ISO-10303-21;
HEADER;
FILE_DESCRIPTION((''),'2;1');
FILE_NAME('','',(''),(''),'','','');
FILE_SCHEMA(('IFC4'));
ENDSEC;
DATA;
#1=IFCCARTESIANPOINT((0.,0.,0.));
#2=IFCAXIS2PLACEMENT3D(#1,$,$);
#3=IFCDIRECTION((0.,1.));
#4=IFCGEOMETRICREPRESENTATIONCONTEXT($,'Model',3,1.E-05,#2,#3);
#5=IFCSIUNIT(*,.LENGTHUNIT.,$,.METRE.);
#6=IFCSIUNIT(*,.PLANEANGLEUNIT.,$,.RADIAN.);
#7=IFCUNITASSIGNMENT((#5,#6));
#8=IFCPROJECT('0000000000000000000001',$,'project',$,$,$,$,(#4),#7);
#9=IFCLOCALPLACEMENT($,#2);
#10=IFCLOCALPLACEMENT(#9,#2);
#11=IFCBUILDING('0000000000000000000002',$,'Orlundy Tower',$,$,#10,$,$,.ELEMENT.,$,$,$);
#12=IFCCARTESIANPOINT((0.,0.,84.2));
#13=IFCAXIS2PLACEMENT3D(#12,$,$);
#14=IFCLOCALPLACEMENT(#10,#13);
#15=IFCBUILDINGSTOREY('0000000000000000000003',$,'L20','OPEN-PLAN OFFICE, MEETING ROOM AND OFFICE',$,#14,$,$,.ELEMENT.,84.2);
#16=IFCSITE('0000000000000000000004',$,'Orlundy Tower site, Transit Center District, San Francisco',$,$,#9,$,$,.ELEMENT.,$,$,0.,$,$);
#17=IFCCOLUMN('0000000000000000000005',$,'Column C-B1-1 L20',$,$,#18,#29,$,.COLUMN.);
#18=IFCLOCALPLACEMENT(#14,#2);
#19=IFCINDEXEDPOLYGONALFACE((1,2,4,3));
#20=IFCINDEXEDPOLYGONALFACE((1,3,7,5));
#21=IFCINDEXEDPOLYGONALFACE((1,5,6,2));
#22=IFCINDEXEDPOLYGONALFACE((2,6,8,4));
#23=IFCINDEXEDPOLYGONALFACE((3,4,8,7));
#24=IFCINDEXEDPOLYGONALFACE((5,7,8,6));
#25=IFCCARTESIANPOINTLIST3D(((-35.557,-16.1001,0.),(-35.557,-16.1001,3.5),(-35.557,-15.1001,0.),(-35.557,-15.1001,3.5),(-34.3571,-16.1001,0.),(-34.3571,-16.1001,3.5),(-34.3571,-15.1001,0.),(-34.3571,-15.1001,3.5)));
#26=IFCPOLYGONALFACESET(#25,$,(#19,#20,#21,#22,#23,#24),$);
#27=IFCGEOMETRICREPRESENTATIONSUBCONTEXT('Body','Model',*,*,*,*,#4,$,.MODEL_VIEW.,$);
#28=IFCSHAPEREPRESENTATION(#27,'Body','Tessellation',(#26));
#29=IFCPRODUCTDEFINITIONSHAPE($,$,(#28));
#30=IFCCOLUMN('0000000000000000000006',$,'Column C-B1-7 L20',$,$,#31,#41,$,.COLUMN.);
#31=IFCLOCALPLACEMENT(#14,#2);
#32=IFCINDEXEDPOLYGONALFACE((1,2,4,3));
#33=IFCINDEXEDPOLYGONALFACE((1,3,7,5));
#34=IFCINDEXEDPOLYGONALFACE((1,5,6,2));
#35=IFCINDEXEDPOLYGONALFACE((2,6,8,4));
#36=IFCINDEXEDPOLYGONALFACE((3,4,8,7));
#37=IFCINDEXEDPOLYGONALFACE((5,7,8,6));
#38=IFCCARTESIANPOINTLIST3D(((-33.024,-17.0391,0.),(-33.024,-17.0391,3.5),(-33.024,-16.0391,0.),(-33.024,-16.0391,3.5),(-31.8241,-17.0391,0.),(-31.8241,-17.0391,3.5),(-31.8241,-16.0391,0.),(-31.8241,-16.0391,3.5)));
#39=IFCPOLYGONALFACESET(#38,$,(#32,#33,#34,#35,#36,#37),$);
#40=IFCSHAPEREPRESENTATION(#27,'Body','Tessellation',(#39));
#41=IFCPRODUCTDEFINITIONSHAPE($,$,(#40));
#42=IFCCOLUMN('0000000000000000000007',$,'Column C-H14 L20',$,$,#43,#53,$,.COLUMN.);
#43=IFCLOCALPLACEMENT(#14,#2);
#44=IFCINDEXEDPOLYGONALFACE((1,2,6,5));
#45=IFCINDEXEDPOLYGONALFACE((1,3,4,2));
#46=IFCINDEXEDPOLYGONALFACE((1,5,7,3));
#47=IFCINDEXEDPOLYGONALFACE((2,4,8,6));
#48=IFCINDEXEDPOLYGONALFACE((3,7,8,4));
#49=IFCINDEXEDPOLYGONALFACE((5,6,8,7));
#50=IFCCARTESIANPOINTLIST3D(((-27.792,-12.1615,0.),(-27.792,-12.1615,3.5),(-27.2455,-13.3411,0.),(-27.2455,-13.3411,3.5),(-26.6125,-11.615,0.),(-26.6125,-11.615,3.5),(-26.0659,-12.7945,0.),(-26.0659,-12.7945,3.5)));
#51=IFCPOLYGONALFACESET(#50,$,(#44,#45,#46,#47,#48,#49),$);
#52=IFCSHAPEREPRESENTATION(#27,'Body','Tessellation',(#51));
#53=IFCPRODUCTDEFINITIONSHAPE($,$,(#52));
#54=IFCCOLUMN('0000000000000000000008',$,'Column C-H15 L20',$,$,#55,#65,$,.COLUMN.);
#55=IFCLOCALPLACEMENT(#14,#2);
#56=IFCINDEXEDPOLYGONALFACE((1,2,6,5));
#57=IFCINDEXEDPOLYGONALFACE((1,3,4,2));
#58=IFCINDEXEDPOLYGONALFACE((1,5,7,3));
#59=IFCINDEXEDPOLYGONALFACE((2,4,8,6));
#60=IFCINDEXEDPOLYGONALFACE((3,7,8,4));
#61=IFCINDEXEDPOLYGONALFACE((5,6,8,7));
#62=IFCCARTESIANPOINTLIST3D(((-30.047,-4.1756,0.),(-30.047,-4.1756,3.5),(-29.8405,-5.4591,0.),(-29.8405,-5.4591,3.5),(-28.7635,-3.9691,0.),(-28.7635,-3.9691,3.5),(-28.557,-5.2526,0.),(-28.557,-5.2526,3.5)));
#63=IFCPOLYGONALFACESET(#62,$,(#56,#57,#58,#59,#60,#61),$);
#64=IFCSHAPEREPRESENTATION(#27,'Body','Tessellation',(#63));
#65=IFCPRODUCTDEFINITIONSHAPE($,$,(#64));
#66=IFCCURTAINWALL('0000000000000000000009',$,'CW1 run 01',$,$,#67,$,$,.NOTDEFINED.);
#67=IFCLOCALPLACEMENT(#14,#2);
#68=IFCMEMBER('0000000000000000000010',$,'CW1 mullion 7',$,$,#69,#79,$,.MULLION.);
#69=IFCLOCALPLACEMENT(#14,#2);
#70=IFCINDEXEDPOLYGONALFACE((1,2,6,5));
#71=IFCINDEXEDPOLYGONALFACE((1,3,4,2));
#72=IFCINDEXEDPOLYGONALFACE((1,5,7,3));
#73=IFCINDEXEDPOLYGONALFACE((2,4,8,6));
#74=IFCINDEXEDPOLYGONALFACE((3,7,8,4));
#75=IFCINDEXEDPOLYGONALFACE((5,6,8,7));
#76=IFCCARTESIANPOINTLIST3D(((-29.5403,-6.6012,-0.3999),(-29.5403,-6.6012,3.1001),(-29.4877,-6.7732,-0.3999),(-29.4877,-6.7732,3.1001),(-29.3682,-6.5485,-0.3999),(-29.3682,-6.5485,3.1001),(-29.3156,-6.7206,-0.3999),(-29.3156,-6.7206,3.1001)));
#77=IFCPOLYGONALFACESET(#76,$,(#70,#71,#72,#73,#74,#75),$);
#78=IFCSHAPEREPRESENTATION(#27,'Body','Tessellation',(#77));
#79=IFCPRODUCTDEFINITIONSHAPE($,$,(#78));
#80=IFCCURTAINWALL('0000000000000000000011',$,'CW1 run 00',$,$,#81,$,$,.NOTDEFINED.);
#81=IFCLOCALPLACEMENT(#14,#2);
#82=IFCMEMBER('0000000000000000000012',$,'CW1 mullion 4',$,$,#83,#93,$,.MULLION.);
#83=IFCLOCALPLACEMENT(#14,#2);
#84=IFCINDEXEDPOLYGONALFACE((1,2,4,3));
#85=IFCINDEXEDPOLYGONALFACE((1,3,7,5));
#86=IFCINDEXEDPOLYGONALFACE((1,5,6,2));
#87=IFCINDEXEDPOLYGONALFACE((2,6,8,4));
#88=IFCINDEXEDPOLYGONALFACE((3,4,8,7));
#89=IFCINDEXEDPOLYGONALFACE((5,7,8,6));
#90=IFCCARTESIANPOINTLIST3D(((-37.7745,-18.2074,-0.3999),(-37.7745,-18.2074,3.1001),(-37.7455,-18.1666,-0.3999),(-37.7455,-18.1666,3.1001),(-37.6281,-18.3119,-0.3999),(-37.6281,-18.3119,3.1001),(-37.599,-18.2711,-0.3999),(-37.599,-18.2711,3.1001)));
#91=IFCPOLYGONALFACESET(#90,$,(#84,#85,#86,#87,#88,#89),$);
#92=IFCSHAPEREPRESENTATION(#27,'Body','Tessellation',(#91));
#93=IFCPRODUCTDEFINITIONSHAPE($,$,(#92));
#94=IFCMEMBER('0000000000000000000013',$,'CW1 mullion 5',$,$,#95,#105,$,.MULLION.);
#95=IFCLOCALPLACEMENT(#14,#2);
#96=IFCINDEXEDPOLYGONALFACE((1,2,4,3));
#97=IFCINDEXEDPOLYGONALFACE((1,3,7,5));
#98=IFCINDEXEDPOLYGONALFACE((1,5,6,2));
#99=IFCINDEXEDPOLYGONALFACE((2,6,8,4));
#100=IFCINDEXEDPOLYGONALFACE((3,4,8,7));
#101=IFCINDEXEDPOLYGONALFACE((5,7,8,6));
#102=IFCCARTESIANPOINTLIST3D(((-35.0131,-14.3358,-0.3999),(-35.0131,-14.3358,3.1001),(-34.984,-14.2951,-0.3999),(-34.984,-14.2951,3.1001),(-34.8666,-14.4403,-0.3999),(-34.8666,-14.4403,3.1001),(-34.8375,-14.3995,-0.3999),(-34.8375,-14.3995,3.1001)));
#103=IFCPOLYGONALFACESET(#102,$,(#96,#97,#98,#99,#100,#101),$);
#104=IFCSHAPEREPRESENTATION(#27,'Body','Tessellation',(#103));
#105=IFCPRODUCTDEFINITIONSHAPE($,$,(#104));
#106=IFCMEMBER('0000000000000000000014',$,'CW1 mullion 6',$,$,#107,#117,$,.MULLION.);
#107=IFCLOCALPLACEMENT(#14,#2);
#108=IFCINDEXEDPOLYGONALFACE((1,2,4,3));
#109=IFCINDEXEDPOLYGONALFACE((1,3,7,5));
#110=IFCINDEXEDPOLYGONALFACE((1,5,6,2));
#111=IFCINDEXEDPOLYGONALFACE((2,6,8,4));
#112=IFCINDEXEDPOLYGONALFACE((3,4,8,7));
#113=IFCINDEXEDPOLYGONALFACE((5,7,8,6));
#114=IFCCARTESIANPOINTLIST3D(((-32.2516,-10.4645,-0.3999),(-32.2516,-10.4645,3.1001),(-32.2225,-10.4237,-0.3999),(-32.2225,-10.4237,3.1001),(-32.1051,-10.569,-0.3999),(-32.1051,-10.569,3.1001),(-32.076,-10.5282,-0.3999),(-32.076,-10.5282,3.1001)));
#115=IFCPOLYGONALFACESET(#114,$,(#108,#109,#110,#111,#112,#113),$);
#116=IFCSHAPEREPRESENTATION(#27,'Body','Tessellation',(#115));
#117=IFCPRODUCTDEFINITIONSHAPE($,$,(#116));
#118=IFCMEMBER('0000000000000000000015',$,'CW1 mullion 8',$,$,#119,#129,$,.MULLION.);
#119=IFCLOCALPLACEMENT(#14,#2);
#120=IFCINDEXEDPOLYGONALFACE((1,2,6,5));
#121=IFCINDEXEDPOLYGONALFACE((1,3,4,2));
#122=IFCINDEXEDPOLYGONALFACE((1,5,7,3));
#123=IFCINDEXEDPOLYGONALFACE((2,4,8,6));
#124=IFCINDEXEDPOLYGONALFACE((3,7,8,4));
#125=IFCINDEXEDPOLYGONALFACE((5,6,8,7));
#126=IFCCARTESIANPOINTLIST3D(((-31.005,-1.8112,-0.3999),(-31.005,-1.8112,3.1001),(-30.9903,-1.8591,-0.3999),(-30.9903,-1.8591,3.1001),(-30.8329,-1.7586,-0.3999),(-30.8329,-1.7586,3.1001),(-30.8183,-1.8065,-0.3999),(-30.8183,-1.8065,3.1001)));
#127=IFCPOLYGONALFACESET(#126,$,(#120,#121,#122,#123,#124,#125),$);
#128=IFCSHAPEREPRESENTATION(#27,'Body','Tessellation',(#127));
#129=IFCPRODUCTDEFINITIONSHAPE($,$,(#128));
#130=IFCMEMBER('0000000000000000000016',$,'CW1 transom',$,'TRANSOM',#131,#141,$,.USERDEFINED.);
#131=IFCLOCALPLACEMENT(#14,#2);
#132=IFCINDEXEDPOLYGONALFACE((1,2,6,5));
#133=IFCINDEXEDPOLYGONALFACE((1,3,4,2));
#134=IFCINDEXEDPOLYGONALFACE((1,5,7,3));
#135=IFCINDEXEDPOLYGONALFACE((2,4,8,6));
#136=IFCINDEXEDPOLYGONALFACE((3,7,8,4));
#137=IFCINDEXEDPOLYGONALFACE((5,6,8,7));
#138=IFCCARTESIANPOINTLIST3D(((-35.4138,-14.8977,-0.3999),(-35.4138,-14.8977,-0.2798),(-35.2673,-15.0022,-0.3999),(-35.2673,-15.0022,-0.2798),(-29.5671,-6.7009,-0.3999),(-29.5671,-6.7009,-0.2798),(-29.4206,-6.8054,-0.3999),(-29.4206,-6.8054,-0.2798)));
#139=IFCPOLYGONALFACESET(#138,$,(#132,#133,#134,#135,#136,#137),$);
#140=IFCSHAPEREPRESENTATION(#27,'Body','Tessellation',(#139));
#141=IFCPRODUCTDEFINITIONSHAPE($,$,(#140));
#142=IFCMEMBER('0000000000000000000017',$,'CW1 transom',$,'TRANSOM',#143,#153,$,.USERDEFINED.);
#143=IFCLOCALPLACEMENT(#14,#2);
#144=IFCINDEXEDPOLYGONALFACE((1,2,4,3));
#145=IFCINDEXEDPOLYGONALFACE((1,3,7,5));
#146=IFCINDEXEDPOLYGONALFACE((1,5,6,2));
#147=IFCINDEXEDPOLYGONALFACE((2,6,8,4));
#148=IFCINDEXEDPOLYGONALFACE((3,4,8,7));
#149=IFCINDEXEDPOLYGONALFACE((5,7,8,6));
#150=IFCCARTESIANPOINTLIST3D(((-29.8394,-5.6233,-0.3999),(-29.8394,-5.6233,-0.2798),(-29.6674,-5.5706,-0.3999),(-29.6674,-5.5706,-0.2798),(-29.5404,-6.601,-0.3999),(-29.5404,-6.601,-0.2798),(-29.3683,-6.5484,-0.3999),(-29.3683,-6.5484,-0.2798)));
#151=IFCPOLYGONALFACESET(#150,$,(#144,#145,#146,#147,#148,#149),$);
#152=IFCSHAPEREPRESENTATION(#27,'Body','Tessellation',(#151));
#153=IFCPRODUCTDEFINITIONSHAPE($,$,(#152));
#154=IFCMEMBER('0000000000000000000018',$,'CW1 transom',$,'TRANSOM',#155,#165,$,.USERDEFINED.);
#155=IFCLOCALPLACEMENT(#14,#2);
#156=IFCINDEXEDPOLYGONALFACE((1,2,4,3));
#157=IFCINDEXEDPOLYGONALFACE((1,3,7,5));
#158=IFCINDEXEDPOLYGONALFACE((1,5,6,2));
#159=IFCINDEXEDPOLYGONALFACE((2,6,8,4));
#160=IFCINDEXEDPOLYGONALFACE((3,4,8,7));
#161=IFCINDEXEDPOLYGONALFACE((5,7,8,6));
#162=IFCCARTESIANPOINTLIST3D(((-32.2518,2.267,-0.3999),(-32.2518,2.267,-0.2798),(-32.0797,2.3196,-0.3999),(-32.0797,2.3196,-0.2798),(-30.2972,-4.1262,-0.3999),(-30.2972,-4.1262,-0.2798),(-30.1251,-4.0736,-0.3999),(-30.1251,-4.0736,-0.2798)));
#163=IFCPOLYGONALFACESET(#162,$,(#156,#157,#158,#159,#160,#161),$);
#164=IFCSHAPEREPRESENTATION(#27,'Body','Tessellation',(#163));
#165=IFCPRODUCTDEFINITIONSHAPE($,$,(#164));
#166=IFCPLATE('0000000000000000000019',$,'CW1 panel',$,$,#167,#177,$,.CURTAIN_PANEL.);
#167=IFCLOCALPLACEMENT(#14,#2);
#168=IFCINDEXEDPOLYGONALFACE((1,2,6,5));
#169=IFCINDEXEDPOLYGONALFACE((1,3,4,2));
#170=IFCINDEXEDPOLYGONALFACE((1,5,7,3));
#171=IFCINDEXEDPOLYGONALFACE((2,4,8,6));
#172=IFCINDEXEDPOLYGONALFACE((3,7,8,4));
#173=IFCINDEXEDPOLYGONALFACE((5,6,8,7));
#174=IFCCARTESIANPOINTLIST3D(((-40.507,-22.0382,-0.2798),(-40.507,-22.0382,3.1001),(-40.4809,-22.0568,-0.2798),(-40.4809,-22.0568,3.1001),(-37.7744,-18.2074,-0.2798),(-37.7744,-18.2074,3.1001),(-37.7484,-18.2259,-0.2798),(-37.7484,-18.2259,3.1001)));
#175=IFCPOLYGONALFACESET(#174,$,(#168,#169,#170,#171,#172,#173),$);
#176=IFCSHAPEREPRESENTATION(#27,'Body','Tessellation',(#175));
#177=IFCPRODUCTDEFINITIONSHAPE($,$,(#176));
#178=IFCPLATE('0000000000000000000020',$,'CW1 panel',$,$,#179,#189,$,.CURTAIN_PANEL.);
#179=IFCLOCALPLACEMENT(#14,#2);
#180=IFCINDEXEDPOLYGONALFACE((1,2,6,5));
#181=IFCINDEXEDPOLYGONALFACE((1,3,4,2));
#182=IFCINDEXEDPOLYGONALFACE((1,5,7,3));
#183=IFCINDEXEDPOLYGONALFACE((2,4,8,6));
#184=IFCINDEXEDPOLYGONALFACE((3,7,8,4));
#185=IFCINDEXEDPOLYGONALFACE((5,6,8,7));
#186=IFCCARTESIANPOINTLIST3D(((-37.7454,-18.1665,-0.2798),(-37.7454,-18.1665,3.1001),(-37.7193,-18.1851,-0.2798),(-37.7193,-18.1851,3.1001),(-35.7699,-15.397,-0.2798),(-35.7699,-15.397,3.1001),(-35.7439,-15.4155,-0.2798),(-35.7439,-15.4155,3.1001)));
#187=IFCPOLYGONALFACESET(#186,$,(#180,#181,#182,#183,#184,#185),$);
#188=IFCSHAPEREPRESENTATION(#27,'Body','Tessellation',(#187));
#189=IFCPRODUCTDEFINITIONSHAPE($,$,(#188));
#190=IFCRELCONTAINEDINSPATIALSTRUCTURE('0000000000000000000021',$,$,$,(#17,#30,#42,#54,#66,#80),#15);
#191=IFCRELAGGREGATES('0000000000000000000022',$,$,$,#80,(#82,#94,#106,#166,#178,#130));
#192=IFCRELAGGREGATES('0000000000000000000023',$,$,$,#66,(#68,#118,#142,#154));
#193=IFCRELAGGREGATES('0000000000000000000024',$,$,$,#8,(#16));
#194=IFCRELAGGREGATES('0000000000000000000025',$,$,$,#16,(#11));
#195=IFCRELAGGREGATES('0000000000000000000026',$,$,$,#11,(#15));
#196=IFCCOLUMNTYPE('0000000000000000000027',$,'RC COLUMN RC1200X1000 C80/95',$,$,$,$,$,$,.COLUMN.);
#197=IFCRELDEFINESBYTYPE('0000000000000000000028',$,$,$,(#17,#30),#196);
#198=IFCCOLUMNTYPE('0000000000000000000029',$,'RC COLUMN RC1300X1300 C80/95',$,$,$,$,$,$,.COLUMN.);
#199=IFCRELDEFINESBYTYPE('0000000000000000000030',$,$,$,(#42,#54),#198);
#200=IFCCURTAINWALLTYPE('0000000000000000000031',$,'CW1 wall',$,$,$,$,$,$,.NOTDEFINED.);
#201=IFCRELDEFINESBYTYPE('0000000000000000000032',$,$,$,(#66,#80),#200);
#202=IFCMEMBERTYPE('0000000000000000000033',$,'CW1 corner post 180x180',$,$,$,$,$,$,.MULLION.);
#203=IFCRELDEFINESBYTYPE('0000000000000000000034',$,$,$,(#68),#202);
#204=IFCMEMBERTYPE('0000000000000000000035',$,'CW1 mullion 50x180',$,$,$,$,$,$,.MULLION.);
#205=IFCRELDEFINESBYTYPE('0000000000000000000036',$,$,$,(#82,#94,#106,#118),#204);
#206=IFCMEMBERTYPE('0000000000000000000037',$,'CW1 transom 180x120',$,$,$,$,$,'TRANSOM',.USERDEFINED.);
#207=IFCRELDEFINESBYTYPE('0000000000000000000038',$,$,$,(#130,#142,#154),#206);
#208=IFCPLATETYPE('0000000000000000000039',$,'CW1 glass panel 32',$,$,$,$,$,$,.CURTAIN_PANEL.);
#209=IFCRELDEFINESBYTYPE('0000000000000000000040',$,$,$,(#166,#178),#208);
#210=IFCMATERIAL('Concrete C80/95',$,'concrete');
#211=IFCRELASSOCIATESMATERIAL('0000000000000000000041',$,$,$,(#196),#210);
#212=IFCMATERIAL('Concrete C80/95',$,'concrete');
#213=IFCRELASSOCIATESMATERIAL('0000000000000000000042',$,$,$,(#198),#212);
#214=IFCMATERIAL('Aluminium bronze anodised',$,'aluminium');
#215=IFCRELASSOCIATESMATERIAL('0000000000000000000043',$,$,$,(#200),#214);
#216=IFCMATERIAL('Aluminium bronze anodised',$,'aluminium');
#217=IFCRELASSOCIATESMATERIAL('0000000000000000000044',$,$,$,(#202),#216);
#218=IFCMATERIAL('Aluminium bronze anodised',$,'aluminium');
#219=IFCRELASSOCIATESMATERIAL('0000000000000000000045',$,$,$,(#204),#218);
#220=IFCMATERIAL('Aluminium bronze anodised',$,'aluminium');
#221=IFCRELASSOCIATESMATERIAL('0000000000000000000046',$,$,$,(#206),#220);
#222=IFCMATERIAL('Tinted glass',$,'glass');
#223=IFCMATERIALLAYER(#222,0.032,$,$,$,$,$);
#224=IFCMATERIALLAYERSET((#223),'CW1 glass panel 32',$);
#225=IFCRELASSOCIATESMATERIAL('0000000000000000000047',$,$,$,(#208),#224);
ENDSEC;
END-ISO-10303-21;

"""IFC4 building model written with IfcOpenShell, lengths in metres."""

from ifc_helpers import new_model, si_unit, direction, frame, origin, origin_2d, place, context, subcontext, project, spatial, rectangle, extrude, material, layer, layer_set, material_profile, profile_set, type_object, element, aggregate, save


model = new_model("IFC4")

# Units and contexts
model_context = context("Model", 3, precision=1e-05, world=origin(), true_north=direction((0.0, 1.0)))
body_context = subcontext(model_context, "Body", "Model", "MODEL_VIEW")
ifc_project = project(units=[si_unit("LENGTHUNIT", "METRE"), si_unit("PLANEANGLEUNIT", "RADIAN")], contexts=[model_context])

# Site, building, storey
site_placement = place(None, origin())
site = spatial("IfcSite", under=ifc_project, at=site_placement, Name="Orlundy Tower site, Transit Center District, San Francisco", CompositionType="ELEMENT", RefElevation=0.0)
building_placement = place(site_placement, origin())
building = spatial("IfcBuilding", under=site, at=building_placement, Name="Orlundy Tower", CompositionType="ELEMENT")
storey_placement = place(building_placement, frame((0.0, 0.0, 84.2)))
storey = spatial("IfcBuildingStorey", under=building, at=storey_placement, Name="L20", Description="OPEN-PLAN OFFICE, MEETING ROOM AND OFFICE", CompositionType="ELEMENT", Elevation=84.2)

# Columns
ifc_material_1 = material(Name="Concrete C80/95", Category="concrete")
ifc_material_profile_1 = material_profile(ifc_material_1, rectangle(XDim=1.2, YDim=1.0, at=origin_2d()), Name="RC1200X1000")
ifc_profile_set_1 = profile_set([ifc_material_profile_1], Name="Concrete C80/95")
column_type_1 = type_object("IfcColumnType", Name="RC COLUMN RC1200X1000 C80/95", PredefinedType="COLUMN", material=ifc_profile_set_1)
for number, where, z_axis, x_axis, name in (
    (1, (-34.957, -15.6001, 0.0), (0.0, 0.0, 1.0), (1.0, 0.0, 0.0), "Column C-B1-1 L20"),
    (2, (-32.4241, -16.5391, 0.0), (0.0, 0.0, 1.0), (1.0, 0.0, 0.0), "Column C-B1-7 L20"),
):
    element("IfcColumn", number, at=place(storey_placement, frame(where, z_axis=z_axis, x_axis=x_axis)), inside=storey, type_object=column_type_1, Name=name, PredefinedType="COLUMN", context=body_context, shape_type="SweptSolid", body=[
        extrude(rectangle(XDim=1.2, YDim=1.0, at=origin_2d()), origin(), (0.0, 0.0, 1.0), 3.5),
    ])
ifc_material_2 = material(Name="Concrete C80/95", Category="concrete")
ifc_material_profile_2 = material_profile(ifc_material_2, rectangle(XDim=1.3, YDim=1.3, at=origin_2d()), Name="RC1300X1300")
ifc_profile_set_2 = profile_set([ifc_material_profile_2], Name="Concrete C80/95")
column_type_2 = type_object("IfcColumnType", Name="RC COLUMN RC1300X1300 C80/95", PredefinedType="COLUMN", material=ifc_profile_set_2)
for number, where, z_axis, x_axis, name in (
    (3, (-26.929, -12.478, 0.0), (0.0, 0.0, 1.0), (-0.90733, -0.420418, 0.0), "Column C-H14 L20"),
    (4, (-29.302, -4.7141, 0.0), (0.0, 0.0, 1.0), (-0.987306, -0.15883, 0.0), "Column C-H15 L20"),
):
    element("IfcColumn", number, at=place(storey_placement, frame(where, z_axis=z_axis, x_axis=x_axis)), inside=storey, type_object=column_type_2, Name=name, PredefinedType="COLUMN", context=body_context, shape_type="SweptSolid", body=[
        extrude(rectangle(XDim=1.3, YDim=1.3, at=origin_2d()), origin(), (0.0, 0.0, 1.0), 3.5),
    ])

# Curtain wall, member
ifc_material_3 = material(Name="Aluminium bronze anodised", Category="aluminium")
curtain_wall_type = type_object("IfcCurtainWallType", Name="CW1 wall", PredefinedType="NOTDEFINED", material=ifc_material_3)
curtain_wall_1_placement = place(storey_placement, origin())
curtain_wall_1 = element("IfcCurtainWall", 5, at=curtain_wall_1_placement, inside=storey, type_object=curtain_wall_type, Name="CW1 run 01", PredefinedType="NOTDEFINED")
ifc_material_4 = material(Name="Aluminium bronze anodised", Category="aluminium")
ifc_material_profile_3 = material_profile(ifc_material_4, rectangle(XDim=0.1799, YDim=0.1799, at=origin_2d()), Name="CW1 corner post 180x180")
ifc_profile_set_3 = profile_set([ifc_material_profile_3], Name="Aluminium bronze anodised")
member_type_1 = type_object("IfcMemberType", Name="CW1 corner post 180x180", PredefinedType="MULLION", material=ifc_profile_set_3)
member_1_placement = place(storey_placement, frame((-29.428, -6.6609, -0.3999), z_axis=(0.0, 0.0, 1.0), x_axis=(-0.956299, -0.29239, 0.0)))
member_1 = element("IfcMember", 6, at=member_1_placement, type_object=member_type_1, Name="CW1 mullion 7", PredefinedType="MULLION", context=body_context, shape_type="SweptSolid", body=[
    extrude(rectangle(XDim=0.1799, YDim=0.1799, at=origin_2d()), origin(), (0.0, 0.0, 1.0), 3.5),
])

# Curtain wall, members
curtain_wall_2_placement = place(storey_placement, origin())
curtain_wall_2 = element("IfcCurtainWall", 7, at=curtain_wall_2_placement, inside=storey, type_object=curtain_wall_type, Name="CW1 run 00", PredefinedType="NOTDEFINED")
ifc_material_5 = material(Name="Aluminium bronze anodised", Category="aluminium")
ifc_material_profile_4 = material_profile(ifc_material_5, rectangle(XDim=0.1799, YDim=0.05, at=origin_2d()), Name="CW1 mullion 50x180")
ifc_profile_set_4 = profile_set([ifc_material_profile_4], Name="Aluminium bronze anodised")
member_type_2 = type_object("IfcMemberType", Name="CW1 mullion 50x180", PredefinedType="MULLION", material=ifc_profile_set_4)
member_2_placement = place(storey_placement, frame((-37.6868, -18.2393, -0.3999), z_axis=(0.0, 0.0, 1.0), x_axis=(-0.814117, 0.580701, 0.0)))
member_2 = element("IfcMember", 8, at=member_2_placement, type_object=member_type_2, Name="CW1 mullion 4", PredefinedType="MULLION", context=body_context, shape_type="SweptSolid", body=[
    extrude(rectangle(XDim=0.1799, YDim=0.05, at=origin_2d()), origin(), (0.0, 0.0, 1.0), 3.5),
])
member_3_placement = place(storey_placement, frame((-34.9253, -14.3677, -0.3999), z_axis=(0.0, 0.0, 1.0), x_axis=(-0.814117, 0.580701, 0.0)))
member_3 = element("IfcMember", 9, at=member_3_placement, type_object=member_type_2, Name="CW1 mullion 5", PredefinedType="MULLION", context=body_context, shape_type="SweptSolid", body=[
    extrude(rectangle(XDim=0.1799, YDim=0.05, at=origin_2d()), origin(), (0.0, 0.0, 1.0), 3.5),
])
member_4_placement = place(storey_placement, frame((-32.1638, -10.4963, -0.3999), z_axis=(0.0, 0.0, 1.0), x_axis=(-0.814117, 0.580701, 0.0)))
member_4 = element("IfcMember", 10, at=member_4_placement, type_object=member_type_2, Name="CW1 mullion 6", PredefinedType="MULLION", context=body_context, shape_type="SweptSolid", body=[
    extrude(rectangle(XDim=0.1799, YDim=0.05, at=origin_2d()), origin(), (0.0, 0.0, 1.0), 3.5),
])

# Members
member_5_placement = place(storey_placement, frame((-30.9116, -1.8088, -0.3999), z_axis=(0.0, 0.0, 1.0), x_axis=(-0.956299, -0.29239, 0.0)))
member_5 = element("IfcMember", 11, at=member_5_placement, type_object=member_type_2, Name="CW1 mullion 8", PredefinedType="MULLION", context=body_context, shape_type="SweptSolid", body=[
    extrude(rectangle(XDim=0.1799, YDim=0.05, at=origin_2d()), origin(), (0.0, 0.0, 1.0), 3.5),
])
ifc_material_6 = material(Name="Aluminium bronze anodised", Category="aluminium")
ifc_material_profile_5 = material_profile(ifc_material_6, rectangle(XDim=0.1799, YDim=0.1201, at=origin_2d()), Name="CW1 transom 180x120")
ifc_profile_set_5 = profile_set([ifc_material_profile_5], Name="Aluminium bronze anodised")
member_type_3 = type_object("IfcMemberType", Name="CW1 transom 180x120", ElementType="TRANSOM", PredefinedType="USERDEFINED", material=ifc_profile_set_5)
member_6_placement = place(storey_placement, frame((-35.3406, -14.95, -0.3398), z_axis=(0.580701, 0.814117, 0.0), x_axis=(-0.814117, 0.580701, 0.0)))
member_6 = element("IfcMember", 12, at=member_6_placement, type_object=member_type_3, Name="CW1 transom", ObjectType="TRANSOM", PredefinedType="USERDEFINED", context=body_context, shape_type="SweptSolid", body=[
    extrude(rectangle(XDim=0.1799, YDim=0.1201, at=origin_2d()), origin(), (0.0, 0.0, 1.0), 10.0684),
])
member_7_placement = place(storey_placement, frame((-29.4543, -6.5747, -0.3398), z_axis=(-0.292491, 0.956268, 0.0), x_axis=(-0.956268, -0.292491, 0.0)))
member_7 = element("IfcMember", 13, at=member_7_placement, type_object=member_type_3, Name="CW1 transom", ObjectType="TRANSOM", PredefinedType="USERDEFINED", context=body_context, shape_type="SweptSolid", body=[
    extrude(rectangle(XDim=0.1799, YDim=0.1201, at=origin_2d()), origin(), (0.0, 0.0, 1.0), 1.0225),
])
member_8_placement = place(storey_placement, frame((-30.2112, -4.0999, -0.3398), z_axis=(-0.292366, 0.956306, 0.0), x_axis=(-0.956306, -0.292366, 0.0)))
member_8 = element("IfcMember", 14, at=member_8_placement, type_object=member_type_3, Name="CW1 transom", ObjectType="TRANSOM", PredefinedType="USERDEFINED", context=body_context, shape_type="SweptSolid", body=[
    extrude(rectangle(XDim=0.1799, YDim=0.1201, at=origin_2d()), origin(), (0.0, 0.0, 1.0), 6.6853),
])

# Plates
ifc_material_7 = material(Name="Tinted glass", Category="glass")
ifc_layer_1 = layer(ifc_material_7, 0.032)
ifc_layer_set_1 = layer_set([ifc_layer_1], Name="CW1 glass panel 32")
plate_type = type_object("IfcPlateType", Name="CW1 glass panel 32", PredefinedType="CURTAIN_PANEL", material=ifc_layer_set_1)
plate_1_placement = place(storey_placement, frame((-39.1277, -20.1321, -0.2798), z_axis=(0.0, 0.0, 1.0), x_axis=(0.580701, 0.814117, 0.0)))
plate_1 = element("IfcPlate", 15, at=plate_1_placement, type_object=plate_type, Name="CW1 panel", PredefinedType="CURTAIN_PANEL", context=body_context, shape_type="SweptSolid", body=[
    extrude(rectangle(XDim=4.7056, YDim=0.032, at=origin_2d()), origin(), (0.0, 0.0, 1.0), 3.3799),
])
plate_2_placement = place(storey_placement, frame((-36.7446, -16.791, -0.2798), z_axis=(0.0, 0.0, 1.0), x_axis=(0.580701, 0.814117, 0.0)))
plate_2 = element("IfcPlate", 16, at=plate_2_placement, type_object=plate_type, Name="CW1 panel", PredefinedType="CURTAIN_PANEL", context=body_context, shape_type="SweptSolid", body=[
    extrude(rectangle(XDim=3.4019, YDim=0.032, at=origin_2d()), origin(), (0.0, 0.0, 1.0), 3.3799),
])
aggregate(curtain_wall_2, [member_2, member_3, member_4, plate_1, plate_2, member_6])
aggregate(curtain_wall_1, [member_1, member_5, member_7, member_8])

save(model, "model.ifc")
